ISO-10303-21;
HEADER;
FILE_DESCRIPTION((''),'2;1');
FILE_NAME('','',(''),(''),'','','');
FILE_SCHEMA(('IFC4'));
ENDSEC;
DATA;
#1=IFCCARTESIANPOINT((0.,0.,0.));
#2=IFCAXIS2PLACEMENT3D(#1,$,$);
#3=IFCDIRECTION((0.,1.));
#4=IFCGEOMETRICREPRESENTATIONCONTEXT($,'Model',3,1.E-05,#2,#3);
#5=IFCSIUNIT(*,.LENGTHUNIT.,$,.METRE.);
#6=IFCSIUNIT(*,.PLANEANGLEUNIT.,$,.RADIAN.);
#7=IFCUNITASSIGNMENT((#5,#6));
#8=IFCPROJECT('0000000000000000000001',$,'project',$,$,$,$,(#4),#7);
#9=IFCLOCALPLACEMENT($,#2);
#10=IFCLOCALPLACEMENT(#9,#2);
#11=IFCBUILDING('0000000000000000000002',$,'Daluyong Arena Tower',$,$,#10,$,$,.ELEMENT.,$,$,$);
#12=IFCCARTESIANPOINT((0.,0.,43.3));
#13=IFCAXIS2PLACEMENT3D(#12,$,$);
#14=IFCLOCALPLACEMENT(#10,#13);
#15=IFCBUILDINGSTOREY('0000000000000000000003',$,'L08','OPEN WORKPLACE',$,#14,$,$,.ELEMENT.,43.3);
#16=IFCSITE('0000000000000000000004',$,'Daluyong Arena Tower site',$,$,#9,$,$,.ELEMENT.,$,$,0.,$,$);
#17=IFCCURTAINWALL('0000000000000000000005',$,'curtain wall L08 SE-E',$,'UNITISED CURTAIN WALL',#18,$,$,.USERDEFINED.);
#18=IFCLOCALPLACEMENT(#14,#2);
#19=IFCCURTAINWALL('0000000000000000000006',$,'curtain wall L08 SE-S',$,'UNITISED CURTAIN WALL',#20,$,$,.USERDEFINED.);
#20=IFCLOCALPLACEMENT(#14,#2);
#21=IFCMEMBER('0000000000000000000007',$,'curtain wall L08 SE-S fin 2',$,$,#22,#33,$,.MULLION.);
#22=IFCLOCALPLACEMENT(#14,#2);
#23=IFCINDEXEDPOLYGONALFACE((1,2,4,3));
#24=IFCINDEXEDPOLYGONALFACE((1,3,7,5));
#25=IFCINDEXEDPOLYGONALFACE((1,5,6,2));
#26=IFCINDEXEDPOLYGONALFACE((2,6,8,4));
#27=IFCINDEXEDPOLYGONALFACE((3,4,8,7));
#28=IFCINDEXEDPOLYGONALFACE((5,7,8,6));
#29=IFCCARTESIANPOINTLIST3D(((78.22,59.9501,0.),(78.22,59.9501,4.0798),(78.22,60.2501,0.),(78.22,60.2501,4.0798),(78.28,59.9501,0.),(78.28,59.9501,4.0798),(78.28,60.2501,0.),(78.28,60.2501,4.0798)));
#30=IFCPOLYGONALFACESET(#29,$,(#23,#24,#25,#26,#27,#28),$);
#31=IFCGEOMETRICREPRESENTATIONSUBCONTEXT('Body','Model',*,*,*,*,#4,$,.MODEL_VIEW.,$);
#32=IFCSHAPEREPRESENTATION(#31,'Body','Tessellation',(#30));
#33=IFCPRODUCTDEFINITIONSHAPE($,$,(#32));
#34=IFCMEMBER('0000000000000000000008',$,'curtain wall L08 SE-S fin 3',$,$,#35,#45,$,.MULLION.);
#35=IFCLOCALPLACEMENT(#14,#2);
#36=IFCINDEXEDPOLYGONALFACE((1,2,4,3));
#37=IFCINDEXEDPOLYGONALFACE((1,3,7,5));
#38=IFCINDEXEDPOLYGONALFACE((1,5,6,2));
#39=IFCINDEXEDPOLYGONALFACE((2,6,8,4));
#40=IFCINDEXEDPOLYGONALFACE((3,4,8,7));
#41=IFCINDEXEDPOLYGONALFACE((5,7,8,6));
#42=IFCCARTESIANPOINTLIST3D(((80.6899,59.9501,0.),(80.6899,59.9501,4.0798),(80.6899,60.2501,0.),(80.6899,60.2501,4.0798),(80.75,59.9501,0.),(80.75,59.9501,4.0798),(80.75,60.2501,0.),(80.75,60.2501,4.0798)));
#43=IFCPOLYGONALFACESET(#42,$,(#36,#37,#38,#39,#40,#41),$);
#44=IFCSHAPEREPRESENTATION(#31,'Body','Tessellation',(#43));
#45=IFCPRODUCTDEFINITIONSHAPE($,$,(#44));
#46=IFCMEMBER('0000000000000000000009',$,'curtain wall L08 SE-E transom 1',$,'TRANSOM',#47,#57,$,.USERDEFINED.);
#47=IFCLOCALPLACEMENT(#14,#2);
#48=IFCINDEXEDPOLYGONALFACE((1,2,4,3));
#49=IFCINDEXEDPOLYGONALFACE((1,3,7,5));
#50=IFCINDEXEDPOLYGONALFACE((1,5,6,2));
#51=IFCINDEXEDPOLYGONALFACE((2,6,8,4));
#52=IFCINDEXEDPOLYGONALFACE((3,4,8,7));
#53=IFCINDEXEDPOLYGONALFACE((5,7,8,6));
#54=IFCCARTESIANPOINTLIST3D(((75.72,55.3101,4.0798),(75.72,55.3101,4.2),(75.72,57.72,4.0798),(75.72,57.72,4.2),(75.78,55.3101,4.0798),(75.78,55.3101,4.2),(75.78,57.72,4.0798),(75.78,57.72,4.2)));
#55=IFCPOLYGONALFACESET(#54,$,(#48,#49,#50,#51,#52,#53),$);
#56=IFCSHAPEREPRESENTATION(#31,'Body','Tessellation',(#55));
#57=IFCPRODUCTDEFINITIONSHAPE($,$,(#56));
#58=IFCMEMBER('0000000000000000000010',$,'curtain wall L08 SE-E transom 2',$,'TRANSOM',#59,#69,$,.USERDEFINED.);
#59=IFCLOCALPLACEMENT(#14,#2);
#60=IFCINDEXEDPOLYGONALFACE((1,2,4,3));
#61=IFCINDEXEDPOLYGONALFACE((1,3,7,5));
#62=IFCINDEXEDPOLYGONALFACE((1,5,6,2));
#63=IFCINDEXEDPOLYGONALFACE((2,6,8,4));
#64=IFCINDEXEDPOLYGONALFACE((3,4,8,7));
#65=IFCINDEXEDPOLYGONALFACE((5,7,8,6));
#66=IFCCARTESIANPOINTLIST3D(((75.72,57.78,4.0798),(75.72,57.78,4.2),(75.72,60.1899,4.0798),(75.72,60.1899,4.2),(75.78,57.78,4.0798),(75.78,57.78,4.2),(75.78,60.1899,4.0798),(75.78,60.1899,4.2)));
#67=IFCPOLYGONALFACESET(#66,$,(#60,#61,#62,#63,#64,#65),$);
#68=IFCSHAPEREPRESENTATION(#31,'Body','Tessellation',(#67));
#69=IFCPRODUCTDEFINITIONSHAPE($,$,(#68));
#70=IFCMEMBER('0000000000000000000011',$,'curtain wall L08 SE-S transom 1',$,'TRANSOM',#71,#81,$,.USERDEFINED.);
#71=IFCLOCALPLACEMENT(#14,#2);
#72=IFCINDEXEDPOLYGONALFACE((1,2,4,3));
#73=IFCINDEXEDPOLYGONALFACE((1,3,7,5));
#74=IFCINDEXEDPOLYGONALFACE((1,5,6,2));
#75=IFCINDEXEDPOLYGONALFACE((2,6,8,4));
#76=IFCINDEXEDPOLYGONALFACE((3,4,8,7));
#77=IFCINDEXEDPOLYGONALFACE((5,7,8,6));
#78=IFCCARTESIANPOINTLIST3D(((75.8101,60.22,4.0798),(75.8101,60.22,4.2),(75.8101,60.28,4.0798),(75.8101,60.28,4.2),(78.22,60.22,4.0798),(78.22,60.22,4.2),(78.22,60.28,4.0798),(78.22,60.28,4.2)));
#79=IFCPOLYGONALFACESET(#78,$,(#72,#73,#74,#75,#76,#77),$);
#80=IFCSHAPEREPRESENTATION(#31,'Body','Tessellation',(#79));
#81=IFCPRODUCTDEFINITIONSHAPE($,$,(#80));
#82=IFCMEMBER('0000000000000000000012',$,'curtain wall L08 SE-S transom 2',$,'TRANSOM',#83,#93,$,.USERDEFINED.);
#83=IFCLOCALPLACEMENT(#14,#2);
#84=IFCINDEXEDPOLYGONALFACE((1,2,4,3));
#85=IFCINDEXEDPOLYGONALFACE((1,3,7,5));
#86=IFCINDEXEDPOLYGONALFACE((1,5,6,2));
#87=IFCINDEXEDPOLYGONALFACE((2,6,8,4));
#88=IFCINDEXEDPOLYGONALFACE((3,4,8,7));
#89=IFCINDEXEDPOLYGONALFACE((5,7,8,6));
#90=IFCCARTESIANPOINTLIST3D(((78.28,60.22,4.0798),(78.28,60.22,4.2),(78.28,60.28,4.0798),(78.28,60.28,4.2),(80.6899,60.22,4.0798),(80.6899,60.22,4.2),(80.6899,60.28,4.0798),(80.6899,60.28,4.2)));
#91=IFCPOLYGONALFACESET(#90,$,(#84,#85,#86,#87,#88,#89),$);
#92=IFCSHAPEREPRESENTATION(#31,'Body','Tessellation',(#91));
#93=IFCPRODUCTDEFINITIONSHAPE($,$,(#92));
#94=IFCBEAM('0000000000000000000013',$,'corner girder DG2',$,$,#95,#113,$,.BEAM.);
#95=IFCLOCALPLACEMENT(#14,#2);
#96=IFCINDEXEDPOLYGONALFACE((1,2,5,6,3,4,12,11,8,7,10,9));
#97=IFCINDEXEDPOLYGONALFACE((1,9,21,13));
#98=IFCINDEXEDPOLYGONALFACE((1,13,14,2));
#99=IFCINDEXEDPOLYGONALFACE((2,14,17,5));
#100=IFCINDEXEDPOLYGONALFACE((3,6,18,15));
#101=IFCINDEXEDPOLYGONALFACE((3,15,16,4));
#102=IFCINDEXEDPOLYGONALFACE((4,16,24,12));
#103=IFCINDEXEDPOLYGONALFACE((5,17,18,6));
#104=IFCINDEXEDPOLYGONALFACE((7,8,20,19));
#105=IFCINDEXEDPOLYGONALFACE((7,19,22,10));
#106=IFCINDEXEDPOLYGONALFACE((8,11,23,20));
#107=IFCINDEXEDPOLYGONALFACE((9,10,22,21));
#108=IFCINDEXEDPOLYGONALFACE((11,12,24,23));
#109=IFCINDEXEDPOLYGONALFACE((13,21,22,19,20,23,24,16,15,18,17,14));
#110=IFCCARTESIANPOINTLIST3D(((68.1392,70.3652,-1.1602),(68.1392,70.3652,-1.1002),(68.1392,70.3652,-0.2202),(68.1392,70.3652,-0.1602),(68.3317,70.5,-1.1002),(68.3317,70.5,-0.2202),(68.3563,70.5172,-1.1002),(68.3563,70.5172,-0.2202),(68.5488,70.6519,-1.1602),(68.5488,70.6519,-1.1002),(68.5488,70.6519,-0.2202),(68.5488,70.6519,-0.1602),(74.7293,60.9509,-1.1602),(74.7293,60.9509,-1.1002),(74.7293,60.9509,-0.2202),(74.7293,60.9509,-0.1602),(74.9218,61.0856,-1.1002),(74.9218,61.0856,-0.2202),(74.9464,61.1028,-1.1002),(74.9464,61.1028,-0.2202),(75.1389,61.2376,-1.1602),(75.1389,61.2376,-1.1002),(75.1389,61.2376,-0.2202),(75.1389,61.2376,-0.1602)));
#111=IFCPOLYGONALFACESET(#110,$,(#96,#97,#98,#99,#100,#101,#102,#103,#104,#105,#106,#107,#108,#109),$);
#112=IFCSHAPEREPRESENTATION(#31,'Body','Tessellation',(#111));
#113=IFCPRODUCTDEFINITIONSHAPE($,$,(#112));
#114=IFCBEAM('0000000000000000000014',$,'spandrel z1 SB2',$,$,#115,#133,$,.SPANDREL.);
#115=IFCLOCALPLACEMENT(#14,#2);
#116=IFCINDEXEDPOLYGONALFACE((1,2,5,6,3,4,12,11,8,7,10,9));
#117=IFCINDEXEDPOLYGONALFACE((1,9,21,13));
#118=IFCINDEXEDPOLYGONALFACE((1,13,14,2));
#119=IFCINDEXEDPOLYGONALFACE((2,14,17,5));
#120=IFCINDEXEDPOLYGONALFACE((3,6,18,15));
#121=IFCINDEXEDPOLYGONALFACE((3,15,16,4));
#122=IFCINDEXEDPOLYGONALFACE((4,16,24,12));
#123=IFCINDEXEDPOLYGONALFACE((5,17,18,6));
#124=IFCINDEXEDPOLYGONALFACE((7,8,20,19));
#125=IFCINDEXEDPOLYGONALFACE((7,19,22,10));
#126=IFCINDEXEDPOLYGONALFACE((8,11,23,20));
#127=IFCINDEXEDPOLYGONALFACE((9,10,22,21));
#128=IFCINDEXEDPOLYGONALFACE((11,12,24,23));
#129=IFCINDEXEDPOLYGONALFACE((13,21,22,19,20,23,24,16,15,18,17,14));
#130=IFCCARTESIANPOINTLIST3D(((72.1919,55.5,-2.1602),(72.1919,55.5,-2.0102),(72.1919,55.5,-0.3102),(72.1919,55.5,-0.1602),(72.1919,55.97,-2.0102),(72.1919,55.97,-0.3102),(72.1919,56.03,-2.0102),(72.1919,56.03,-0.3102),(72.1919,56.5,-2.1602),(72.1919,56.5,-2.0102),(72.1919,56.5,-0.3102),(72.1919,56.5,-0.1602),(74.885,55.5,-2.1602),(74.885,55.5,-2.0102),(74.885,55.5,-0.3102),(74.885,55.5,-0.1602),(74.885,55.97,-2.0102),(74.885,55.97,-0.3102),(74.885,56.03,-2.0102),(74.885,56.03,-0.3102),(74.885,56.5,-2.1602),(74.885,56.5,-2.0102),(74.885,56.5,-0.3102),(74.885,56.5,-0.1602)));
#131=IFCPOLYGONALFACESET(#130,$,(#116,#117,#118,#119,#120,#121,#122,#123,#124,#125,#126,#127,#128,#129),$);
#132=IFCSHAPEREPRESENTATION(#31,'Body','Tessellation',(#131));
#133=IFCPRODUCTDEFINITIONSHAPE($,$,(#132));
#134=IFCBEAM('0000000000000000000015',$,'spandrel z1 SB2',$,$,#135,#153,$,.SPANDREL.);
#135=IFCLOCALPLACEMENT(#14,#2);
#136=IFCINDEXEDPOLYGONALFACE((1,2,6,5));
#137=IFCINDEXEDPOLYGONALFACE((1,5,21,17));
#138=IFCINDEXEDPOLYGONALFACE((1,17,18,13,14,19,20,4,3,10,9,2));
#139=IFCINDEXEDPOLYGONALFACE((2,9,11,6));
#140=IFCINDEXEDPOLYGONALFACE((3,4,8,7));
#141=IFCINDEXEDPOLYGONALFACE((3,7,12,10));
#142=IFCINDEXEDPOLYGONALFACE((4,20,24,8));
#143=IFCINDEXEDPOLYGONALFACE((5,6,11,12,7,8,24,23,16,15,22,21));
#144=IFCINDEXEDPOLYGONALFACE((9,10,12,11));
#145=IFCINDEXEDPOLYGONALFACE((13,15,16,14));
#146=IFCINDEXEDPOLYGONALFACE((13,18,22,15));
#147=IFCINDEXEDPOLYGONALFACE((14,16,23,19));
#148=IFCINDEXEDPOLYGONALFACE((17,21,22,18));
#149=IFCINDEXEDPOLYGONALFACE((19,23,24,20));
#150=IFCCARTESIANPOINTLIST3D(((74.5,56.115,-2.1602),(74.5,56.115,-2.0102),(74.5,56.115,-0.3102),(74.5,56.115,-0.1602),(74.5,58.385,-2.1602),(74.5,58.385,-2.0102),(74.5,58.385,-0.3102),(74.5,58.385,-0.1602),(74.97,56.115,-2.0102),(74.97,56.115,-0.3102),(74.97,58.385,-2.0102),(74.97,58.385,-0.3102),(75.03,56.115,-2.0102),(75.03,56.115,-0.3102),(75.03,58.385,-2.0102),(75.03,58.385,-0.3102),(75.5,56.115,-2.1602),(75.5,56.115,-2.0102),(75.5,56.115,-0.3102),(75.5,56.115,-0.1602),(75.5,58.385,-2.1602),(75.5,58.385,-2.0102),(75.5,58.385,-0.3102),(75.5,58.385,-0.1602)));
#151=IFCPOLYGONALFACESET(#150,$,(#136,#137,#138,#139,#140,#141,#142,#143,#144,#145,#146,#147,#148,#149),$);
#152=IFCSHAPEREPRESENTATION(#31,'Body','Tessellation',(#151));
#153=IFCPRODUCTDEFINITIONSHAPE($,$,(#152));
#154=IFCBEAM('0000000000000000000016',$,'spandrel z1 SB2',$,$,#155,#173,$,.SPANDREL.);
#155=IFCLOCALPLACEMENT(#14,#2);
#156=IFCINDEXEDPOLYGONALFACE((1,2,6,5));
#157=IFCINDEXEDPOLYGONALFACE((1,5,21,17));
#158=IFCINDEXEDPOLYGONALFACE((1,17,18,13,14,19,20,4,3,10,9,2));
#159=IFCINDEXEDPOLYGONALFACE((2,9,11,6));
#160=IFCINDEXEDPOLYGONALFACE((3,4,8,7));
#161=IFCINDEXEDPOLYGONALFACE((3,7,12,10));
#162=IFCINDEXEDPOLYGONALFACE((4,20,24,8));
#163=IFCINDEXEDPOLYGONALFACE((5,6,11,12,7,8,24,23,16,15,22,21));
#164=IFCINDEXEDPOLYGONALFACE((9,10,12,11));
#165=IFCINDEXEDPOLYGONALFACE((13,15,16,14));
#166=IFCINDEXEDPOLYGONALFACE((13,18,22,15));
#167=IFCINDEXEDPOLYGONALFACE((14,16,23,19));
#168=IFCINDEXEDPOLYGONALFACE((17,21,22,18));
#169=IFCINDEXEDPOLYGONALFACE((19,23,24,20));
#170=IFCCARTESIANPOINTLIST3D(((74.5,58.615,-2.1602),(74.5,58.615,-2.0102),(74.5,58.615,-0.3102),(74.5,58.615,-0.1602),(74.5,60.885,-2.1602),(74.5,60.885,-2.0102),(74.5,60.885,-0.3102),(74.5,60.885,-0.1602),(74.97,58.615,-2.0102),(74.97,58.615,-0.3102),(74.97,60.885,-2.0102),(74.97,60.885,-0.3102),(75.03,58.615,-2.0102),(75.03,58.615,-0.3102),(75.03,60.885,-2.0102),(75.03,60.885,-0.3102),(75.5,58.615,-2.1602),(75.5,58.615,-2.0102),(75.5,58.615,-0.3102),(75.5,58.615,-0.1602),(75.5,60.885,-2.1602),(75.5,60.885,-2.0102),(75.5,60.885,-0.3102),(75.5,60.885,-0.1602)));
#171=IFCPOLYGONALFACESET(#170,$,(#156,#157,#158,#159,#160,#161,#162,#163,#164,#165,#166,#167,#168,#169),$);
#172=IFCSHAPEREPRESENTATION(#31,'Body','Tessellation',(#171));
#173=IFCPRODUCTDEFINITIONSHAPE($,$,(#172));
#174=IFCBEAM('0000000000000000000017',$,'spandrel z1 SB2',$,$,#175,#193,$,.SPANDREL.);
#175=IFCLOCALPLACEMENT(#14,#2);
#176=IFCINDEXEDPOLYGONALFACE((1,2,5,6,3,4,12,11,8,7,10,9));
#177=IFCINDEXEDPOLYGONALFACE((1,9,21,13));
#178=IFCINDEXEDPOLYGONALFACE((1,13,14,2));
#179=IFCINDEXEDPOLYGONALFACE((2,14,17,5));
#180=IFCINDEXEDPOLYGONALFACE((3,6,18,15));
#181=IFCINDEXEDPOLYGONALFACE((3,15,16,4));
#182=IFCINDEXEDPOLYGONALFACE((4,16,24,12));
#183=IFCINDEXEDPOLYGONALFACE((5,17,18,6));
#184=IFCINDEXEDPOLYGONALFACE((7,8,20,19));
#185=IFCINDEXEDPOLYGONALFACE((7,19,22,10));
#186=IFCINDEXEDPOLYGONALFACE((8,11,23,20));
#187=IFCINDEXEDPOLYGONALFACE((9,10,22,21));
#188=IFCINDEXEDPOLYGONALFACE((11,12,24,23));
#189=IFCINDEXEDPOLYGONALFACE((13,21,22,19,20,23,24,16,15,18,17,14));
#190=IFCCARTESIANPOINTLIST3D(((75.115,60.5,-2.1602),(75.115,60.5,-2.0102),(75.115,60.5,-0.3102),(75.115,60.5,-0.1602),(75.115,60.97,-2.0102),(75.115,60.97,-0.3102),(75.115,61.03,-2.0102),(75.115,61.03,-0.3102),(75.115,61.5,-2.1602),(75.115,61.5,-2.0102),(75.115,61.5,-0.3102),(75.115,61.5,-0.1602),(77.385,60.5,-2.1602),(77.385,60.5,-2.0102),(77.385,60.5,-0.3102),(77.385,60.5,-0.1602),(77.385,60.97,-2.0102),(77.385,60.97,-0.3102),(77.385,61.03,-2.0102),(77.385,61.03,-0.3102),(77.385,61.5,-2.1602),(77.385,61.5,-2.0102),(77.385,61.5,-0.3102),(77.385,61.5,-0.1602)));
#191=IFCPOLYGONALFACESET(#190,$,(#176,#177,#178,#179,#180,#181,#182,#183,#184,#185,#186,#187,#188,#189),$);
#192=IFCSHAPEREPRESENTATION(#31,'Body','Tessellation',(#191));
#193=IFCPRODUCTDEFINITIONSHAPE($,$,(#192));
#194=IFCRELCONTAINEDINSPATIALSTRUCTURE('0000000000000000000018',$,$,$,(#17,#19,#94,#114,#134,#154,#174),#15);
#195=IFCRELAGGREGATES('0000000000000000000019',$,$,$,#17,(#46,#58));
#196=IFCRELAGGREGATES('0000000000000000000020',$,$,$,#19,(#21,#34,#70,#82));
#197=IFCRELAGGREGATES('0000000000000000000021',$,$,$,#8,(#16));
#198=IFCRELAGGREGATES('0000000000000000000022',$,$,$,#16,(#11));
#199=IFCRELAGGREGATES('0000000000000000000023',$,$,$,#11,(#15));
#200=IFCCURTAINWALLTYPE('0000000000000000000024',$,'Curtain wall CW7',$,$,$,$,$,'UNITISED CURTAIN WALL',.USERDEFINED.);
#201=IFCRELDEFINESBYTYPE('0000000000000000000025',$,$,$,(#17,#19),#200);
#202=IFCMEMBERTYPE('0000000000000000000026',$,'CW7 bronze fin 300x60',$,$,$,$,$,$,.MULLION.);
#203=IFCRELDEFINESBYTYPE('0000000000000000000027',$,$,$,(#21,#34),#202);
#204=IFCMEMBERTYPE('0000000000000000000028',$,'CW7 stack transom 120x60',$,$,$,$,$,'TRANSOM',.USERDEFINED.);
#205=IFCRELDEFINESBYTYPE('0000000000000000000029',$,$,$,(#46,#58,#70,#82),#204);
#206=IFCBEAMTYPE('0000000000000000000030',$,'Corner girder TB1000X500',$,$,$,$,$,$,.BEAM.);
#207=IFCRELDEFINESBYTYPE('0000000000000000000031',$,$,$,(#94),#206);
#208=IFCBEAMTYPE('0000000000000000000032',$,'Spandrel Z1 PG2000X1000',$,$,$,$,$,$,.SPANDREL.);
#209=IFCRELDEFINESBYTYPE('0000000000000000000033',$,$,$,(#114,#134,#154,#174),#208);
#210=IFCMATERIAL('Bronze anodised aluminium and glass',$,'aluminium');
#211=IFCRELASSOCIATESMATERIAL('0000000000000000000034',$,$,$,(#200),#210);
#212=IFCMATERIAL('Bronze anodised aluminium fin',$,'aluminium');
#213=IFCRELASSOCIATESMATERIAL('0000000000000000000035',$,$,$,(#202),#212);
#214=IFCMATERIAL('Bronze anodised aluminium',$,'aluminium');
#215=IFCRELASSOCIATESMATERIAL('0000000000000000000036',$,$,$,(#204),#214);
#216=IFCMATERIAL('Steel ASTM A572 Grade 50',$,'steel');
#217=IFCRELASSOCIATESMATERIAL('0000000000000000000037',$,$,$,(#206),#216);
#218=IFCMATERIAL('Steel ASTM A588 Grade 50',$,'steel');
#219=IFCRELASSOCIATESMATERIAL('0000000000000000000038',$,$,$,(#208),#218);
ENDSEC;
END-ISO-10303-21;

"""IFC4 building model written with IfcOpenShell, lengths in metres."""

from ifc_helpers import new_model, si_unit, direction, frame, origin, origin_2d, place, context, subcontext, project, spatial, rectangle, i_section, extrude, material, material_profile, profile_set, type_object, element, aggregate, save


model = new_model("IFC4")

# Units and contexts
model_context = context("Model", 3, precision=1e-05, world=origin(), true_north=direction((0.0, 1.0)))
body_context = subcontext(model_context, "Body", "Model", "MODEL_VIEW")
ifc_project = project(units=[si_unit("LENGTHUNIT", "METRE"), si_unit("PLANEANGLEUNIT", "RADIAN")], contexts=[model_context])

# Site, building, storey
site_placement = place(None, origin())
site = spatial("IfcSite", under=ifc_project, at=site_placement, Name="Daluyong Arena Tower site", CompositionType="ELEMENT", RefElevation=0.0)
building_placement = place(site_placement, origin())
building = spatial("IfcBuilding", under=site, at=building_placement, Name="Daluyong Arena Tower", CompositionType="ELEMENT")
storey_placement = place(building_placement, frame((0.0, 0.0, 43.3)))
storey = spatial("IfcBuildingStorey", under=building, at=storey_placement, Name="L08", Description="OPEN WORKPLACE", CompositionType="ELEMENT", Elevation=43.3)

# Curtain walls, members
ifc_material_1 = material(Name="Bronze anodised aluminium and glass", Category="aluminium")
curtain_wall_type_1 = type_object("IfcCurtainWallType", Name="Curtain wall CW7", ElementType="UNITISED CURTAIN WALL", PredefinedType="USERDEFINED", material=ifc_material_1)
curtain_wall_1_placement = place(storey_placement, origin())
curtain_wall_1 = element("IfcCurtainWall", 1, at=curtain_wall_1_placement, inside=storey, type_object=curtain_wall_type_1, Name="curtain wall L08 SE-E", ObjectType="UNITISED CURTAIN WALL", PredefinedType="USERDEFINED")
ifc_material_2 = material(Name="Bronze anodised aluminium fin", Category="aluminium")
ifc_material_profile_1 = material_profile(ifc_material_2, rectangle(XDim=0.3, YDim=0.0601, at=origin_2d()))
ifc_profile_set_1 = profile_set([ifc_material_profile_1], Name="Bronze anodised aluminium fin")
member_type_1 = type_object("IfcMemberType", Name="CW7 bronze fin 300x60", PredefinedType="MULLION", material=ifc_profile_set_1)
curtain_wall_2_placement = place(storey_placement, origin())
curtain_wall_2 = element("IfcCurtainWall", 2, at=curtain_wall_2_placement, inside=storey, type_object=curtain_wall_type_1, Name="curtain wall L08 SE-S", ObjectType="UNITISED CURTAIN WALL", PredefinedType="USERDEFINED")
member_1_placement = place(storey_placement, frame((78.25, 60.1001, 0.0), z_axis=(0.0, 0.0, 1.0), x_axis=(0.0, 1.0, 0.0)))
member_1 = element("IfcMember", 3, at=member_1_placement, type_object=member_type_1, Name="curtain wall L08 SE-S fin 2", PredefinedType="MULLION", context=body_context, shape_type="SweptSolid", body=[
    extrude(rectangle(XDim=0.3, YDim=0.0601, at=origin_2d()), origin(), (0.0, 0.0, 1.0), 4.0798),
])
member_2_placement = place(storey_placement, frame((80.72, 60.1001, 0.0), z_axis=(0.0, 0.0, 1.0), x_axis=(0.0, 1.0, 0.0)))
member_2 = element("IfcMember", 4, at=member_2_placement, type_object=member_type_1, Name="curtain wall L08 SE-S fin 3", PredefinedType="MULLION", context=body_context, shape_type="SweptSolid", body=[
    extrude(rectangle(XDim=0.3, YDim=0.0601, at=origin_2d()), origin(), (0.0, 0.0, 1.0), 4.0798),
])

# Members
ifc_material_3 = material(Name="Bronze anodised aluminium", Category="aluminium")
ifc_material_profile_2 = material_profile(ifc_material_3, rectangle(XDim=0.0601, YDim=0.1201, at=origin_2d()))
ifc_profile_set_2 = profile_set([ifc_material_profile_2], Name="Bronze anodised aluminium")
member_type_2 = type_object("IfcMemberType", Name="CW7 stack transom 120x60", ElementType="TRANSOM", PredefinedType="USERDEFINED", material=ifc_profile_set_2)
member_3_placement = place(storey_placement, frame((75.75, 55.3101, 4.1399), z_axis=(0.0, 1.0, 0.0), x_axis=(-1.0, 0.0, 0.0)))
member_3 = element("IfcMember", 5, at=member_3_placement, type_object=member_type_2, Name="curtain wall L08 SE-E transom 1", ObjectType="TRANSOM", PredefinedType="USERDEFINED", context=body_context, shape_type="SweptSolid", body=[
    extrude(rectangle(XDim=0.0601, YDim=0.1201, at=origin_2d()), origin(), (0.0, 0.0, 1.0), 2.4099),
])
member_4_placement = place(storey_placement, frame((75.75, 57.78, 4.1399), z_axis=(0.0, 1.0, 0.0), x_axis=(-1.0, 0.0, 0.0)))
member_4 = element("IfcMember", 6, at=member_4_placement, type_object=member_type_2, Name="curtain wall L08 SE-E transom 2", ObjectType="TRANSOM", PredefinedType="USERDEFINED", context=body_context, shape_type="SweptSolid", body=[
    extrude(rectangle(XDim=0.0601, YDim=0.1201, at=origin_2d()), origin(), (0.0, 0.0, 1.0), 2.4099),
])
member_5_placement = place(storey_placement, frame((75.8101, 60.25, 4.1399), z_axis=(1.0, 0.0, 0.0), x_axis=(0.0, 1.0, 0.0)))
member_5 = element("IfcMember", 7, at=member_5_placement, type_object=member_type_2, Name="curtain wall L08 SE-S transom 1", ObjectType="TRANSOM", PredefinedType="USERDEFINED", context=body_context, shape_type="SweptSolid", body=[
    extrude(rectangle(XDim=0.0601, YDim=0.1201, at=origin_2d()), origin(), (0.0, 0.0, 1.0), 2.4099),
])
member_6_placement = place(storey_placement, frame((78.28, 60.25, 4.1399), z_axis=(1.0, 0.0, 0.0), x_axis=(0.0, 1.0, 0.0)))
member_6 = element("IfcMember", 8, at=member_6_placement, type_object=member_type_2, Name="curtain wall L08 SE-S transom 2", ObjectType="TRANSOM", PredefinedType="USERDEFINED", context=body_context, shape_type="SweptSolid", body=[
    extrude(rectangle(XDim=0.0601, YDim=0.1201, at=origin_2d()), origin(), (0.0, 0.0, 1.0), 2.4099),
])

# Beams
ifc_material_4 = material(Name="Steel ASTM A572 Grade 50", Category="steel")
ifc_material_profile_3 = material_profile(ifc_material_4, i_section(OverallWidth=0.5, OverallDepth=1.0, WebThickness=0.03, FlangeThickness=0.06, at=origin_2d()))
ifc_profile_set_3 = profile_set([ifc_material_profile_3], Name="Steel ASTM A572 Grade 50")
beam_type_1 = type_object("IfcBeamType", Name="Corner girder TB1000X500", PredefinedType="BEAM", material=ifc_profile_set_3)
beam_1_placement = place(storey_placement, frame((74.9341, 61.0942, -0.6602), z_axis=(-0.573467, 0.819229, 0.0), x_axis=(-0.819229, -0.573467, 0.0)))
element("IfcBeam", 9, at=beam_1_placement, inside=storey, type_object=beam_type_1, Name="corner girder DG2", PredefinedType="BEAM", context=body_context, shape_type="SweptSolid", body=[
    extrude(i_section(OverallWidth=0.5, OverallDepth=1.0, WebThickness=0.03, FlangeThickness=0.06, at=origin_2d()), origin(), (0.0, 0.0, 1.0), 11.4917),
])
ifc_material_5 = material(Name="Steel ASTM A588 Grade 50", Category="steel")
ifc_material_profile_4 = material_profile(ifc_material_5, i_section(OverallWidth=1.0, OverallDepth=2.0, WebThickness=0.06, FlangeThickness=0.15, at=origin_2d()))
ifc_profile_set_4 = profile_set([ifc_material_profile_4], Name="Steel ASTM A588 Grade 50")
beam_type_2 = type_object("IfcBeamType", Name="Spandrel Z1 PG2000X1000", PredefinedType="SPANDREL", material=ifc_profile_set_4)
beam_2_placement = place(storey_placement, frame((72.1919, 56.0, -1.1602), z_axis=(1.0, 0.0, 0.0), x_axis=(0.0, 1.0, 0.0)))
element("IfcBeam", 10, at=beam_2_placement, inside=storey, type_object=beam_type_2, Name="spandrel z1 SB2", PredefinedType="SPANDREL", context=body_context, shape_type="SweptSolid", body=[
    extrude(i_section(OverallWidth=1.0, OverallDepth=2.0, WebThickness=0.06, FlangeThickness=0.15, at=origin_2d()), origin(), (0.0, 0.0, 1.0), 2.6931),
])
for number, where, z_axis, x_axis, name in (
    (11, (75.0, 56.115, -1.1602), (0.0, 1.0, 0.0), (-1.0, 0.0, 0.0), "spandrel z1 SB2"),
    (12, (75.0, 58.615, -1.1602), (0.0, 1.0, 0.0), (-1.0, 0.0, 0.0), "spandrel z1 SB2"),
    (13, (75.115, 61.0, -1.1602), (1.0, 0.0, 0.0), (0.0, 1.0, 0.0), "spandrel z1 SB2"),
):
    element("IfcBeam", number, at=place(storey_placement, frame(where, z_axis=z_axis, x_axis=x_axis)), inside=storey, type_object=beam_type_2, Name=name, PredefinedType="SPANDREL", context=body_context, shape_type="SweptSolid", body=[
        extrude(i_section(OverallWidth=1.0, OverallDepth=2.0, WebThickness=0.06, FlangeThickness=0.15, at=origin_2d()), origin(), (0.0, 0.0, 1.0), 2.27),
    ])

aggregate(curtain_wall_1, [member_3, member_4])
aggregate(curtain_wall_2, [member_1, member_2, member_5, member_6])

save(model, "model.ifc")
